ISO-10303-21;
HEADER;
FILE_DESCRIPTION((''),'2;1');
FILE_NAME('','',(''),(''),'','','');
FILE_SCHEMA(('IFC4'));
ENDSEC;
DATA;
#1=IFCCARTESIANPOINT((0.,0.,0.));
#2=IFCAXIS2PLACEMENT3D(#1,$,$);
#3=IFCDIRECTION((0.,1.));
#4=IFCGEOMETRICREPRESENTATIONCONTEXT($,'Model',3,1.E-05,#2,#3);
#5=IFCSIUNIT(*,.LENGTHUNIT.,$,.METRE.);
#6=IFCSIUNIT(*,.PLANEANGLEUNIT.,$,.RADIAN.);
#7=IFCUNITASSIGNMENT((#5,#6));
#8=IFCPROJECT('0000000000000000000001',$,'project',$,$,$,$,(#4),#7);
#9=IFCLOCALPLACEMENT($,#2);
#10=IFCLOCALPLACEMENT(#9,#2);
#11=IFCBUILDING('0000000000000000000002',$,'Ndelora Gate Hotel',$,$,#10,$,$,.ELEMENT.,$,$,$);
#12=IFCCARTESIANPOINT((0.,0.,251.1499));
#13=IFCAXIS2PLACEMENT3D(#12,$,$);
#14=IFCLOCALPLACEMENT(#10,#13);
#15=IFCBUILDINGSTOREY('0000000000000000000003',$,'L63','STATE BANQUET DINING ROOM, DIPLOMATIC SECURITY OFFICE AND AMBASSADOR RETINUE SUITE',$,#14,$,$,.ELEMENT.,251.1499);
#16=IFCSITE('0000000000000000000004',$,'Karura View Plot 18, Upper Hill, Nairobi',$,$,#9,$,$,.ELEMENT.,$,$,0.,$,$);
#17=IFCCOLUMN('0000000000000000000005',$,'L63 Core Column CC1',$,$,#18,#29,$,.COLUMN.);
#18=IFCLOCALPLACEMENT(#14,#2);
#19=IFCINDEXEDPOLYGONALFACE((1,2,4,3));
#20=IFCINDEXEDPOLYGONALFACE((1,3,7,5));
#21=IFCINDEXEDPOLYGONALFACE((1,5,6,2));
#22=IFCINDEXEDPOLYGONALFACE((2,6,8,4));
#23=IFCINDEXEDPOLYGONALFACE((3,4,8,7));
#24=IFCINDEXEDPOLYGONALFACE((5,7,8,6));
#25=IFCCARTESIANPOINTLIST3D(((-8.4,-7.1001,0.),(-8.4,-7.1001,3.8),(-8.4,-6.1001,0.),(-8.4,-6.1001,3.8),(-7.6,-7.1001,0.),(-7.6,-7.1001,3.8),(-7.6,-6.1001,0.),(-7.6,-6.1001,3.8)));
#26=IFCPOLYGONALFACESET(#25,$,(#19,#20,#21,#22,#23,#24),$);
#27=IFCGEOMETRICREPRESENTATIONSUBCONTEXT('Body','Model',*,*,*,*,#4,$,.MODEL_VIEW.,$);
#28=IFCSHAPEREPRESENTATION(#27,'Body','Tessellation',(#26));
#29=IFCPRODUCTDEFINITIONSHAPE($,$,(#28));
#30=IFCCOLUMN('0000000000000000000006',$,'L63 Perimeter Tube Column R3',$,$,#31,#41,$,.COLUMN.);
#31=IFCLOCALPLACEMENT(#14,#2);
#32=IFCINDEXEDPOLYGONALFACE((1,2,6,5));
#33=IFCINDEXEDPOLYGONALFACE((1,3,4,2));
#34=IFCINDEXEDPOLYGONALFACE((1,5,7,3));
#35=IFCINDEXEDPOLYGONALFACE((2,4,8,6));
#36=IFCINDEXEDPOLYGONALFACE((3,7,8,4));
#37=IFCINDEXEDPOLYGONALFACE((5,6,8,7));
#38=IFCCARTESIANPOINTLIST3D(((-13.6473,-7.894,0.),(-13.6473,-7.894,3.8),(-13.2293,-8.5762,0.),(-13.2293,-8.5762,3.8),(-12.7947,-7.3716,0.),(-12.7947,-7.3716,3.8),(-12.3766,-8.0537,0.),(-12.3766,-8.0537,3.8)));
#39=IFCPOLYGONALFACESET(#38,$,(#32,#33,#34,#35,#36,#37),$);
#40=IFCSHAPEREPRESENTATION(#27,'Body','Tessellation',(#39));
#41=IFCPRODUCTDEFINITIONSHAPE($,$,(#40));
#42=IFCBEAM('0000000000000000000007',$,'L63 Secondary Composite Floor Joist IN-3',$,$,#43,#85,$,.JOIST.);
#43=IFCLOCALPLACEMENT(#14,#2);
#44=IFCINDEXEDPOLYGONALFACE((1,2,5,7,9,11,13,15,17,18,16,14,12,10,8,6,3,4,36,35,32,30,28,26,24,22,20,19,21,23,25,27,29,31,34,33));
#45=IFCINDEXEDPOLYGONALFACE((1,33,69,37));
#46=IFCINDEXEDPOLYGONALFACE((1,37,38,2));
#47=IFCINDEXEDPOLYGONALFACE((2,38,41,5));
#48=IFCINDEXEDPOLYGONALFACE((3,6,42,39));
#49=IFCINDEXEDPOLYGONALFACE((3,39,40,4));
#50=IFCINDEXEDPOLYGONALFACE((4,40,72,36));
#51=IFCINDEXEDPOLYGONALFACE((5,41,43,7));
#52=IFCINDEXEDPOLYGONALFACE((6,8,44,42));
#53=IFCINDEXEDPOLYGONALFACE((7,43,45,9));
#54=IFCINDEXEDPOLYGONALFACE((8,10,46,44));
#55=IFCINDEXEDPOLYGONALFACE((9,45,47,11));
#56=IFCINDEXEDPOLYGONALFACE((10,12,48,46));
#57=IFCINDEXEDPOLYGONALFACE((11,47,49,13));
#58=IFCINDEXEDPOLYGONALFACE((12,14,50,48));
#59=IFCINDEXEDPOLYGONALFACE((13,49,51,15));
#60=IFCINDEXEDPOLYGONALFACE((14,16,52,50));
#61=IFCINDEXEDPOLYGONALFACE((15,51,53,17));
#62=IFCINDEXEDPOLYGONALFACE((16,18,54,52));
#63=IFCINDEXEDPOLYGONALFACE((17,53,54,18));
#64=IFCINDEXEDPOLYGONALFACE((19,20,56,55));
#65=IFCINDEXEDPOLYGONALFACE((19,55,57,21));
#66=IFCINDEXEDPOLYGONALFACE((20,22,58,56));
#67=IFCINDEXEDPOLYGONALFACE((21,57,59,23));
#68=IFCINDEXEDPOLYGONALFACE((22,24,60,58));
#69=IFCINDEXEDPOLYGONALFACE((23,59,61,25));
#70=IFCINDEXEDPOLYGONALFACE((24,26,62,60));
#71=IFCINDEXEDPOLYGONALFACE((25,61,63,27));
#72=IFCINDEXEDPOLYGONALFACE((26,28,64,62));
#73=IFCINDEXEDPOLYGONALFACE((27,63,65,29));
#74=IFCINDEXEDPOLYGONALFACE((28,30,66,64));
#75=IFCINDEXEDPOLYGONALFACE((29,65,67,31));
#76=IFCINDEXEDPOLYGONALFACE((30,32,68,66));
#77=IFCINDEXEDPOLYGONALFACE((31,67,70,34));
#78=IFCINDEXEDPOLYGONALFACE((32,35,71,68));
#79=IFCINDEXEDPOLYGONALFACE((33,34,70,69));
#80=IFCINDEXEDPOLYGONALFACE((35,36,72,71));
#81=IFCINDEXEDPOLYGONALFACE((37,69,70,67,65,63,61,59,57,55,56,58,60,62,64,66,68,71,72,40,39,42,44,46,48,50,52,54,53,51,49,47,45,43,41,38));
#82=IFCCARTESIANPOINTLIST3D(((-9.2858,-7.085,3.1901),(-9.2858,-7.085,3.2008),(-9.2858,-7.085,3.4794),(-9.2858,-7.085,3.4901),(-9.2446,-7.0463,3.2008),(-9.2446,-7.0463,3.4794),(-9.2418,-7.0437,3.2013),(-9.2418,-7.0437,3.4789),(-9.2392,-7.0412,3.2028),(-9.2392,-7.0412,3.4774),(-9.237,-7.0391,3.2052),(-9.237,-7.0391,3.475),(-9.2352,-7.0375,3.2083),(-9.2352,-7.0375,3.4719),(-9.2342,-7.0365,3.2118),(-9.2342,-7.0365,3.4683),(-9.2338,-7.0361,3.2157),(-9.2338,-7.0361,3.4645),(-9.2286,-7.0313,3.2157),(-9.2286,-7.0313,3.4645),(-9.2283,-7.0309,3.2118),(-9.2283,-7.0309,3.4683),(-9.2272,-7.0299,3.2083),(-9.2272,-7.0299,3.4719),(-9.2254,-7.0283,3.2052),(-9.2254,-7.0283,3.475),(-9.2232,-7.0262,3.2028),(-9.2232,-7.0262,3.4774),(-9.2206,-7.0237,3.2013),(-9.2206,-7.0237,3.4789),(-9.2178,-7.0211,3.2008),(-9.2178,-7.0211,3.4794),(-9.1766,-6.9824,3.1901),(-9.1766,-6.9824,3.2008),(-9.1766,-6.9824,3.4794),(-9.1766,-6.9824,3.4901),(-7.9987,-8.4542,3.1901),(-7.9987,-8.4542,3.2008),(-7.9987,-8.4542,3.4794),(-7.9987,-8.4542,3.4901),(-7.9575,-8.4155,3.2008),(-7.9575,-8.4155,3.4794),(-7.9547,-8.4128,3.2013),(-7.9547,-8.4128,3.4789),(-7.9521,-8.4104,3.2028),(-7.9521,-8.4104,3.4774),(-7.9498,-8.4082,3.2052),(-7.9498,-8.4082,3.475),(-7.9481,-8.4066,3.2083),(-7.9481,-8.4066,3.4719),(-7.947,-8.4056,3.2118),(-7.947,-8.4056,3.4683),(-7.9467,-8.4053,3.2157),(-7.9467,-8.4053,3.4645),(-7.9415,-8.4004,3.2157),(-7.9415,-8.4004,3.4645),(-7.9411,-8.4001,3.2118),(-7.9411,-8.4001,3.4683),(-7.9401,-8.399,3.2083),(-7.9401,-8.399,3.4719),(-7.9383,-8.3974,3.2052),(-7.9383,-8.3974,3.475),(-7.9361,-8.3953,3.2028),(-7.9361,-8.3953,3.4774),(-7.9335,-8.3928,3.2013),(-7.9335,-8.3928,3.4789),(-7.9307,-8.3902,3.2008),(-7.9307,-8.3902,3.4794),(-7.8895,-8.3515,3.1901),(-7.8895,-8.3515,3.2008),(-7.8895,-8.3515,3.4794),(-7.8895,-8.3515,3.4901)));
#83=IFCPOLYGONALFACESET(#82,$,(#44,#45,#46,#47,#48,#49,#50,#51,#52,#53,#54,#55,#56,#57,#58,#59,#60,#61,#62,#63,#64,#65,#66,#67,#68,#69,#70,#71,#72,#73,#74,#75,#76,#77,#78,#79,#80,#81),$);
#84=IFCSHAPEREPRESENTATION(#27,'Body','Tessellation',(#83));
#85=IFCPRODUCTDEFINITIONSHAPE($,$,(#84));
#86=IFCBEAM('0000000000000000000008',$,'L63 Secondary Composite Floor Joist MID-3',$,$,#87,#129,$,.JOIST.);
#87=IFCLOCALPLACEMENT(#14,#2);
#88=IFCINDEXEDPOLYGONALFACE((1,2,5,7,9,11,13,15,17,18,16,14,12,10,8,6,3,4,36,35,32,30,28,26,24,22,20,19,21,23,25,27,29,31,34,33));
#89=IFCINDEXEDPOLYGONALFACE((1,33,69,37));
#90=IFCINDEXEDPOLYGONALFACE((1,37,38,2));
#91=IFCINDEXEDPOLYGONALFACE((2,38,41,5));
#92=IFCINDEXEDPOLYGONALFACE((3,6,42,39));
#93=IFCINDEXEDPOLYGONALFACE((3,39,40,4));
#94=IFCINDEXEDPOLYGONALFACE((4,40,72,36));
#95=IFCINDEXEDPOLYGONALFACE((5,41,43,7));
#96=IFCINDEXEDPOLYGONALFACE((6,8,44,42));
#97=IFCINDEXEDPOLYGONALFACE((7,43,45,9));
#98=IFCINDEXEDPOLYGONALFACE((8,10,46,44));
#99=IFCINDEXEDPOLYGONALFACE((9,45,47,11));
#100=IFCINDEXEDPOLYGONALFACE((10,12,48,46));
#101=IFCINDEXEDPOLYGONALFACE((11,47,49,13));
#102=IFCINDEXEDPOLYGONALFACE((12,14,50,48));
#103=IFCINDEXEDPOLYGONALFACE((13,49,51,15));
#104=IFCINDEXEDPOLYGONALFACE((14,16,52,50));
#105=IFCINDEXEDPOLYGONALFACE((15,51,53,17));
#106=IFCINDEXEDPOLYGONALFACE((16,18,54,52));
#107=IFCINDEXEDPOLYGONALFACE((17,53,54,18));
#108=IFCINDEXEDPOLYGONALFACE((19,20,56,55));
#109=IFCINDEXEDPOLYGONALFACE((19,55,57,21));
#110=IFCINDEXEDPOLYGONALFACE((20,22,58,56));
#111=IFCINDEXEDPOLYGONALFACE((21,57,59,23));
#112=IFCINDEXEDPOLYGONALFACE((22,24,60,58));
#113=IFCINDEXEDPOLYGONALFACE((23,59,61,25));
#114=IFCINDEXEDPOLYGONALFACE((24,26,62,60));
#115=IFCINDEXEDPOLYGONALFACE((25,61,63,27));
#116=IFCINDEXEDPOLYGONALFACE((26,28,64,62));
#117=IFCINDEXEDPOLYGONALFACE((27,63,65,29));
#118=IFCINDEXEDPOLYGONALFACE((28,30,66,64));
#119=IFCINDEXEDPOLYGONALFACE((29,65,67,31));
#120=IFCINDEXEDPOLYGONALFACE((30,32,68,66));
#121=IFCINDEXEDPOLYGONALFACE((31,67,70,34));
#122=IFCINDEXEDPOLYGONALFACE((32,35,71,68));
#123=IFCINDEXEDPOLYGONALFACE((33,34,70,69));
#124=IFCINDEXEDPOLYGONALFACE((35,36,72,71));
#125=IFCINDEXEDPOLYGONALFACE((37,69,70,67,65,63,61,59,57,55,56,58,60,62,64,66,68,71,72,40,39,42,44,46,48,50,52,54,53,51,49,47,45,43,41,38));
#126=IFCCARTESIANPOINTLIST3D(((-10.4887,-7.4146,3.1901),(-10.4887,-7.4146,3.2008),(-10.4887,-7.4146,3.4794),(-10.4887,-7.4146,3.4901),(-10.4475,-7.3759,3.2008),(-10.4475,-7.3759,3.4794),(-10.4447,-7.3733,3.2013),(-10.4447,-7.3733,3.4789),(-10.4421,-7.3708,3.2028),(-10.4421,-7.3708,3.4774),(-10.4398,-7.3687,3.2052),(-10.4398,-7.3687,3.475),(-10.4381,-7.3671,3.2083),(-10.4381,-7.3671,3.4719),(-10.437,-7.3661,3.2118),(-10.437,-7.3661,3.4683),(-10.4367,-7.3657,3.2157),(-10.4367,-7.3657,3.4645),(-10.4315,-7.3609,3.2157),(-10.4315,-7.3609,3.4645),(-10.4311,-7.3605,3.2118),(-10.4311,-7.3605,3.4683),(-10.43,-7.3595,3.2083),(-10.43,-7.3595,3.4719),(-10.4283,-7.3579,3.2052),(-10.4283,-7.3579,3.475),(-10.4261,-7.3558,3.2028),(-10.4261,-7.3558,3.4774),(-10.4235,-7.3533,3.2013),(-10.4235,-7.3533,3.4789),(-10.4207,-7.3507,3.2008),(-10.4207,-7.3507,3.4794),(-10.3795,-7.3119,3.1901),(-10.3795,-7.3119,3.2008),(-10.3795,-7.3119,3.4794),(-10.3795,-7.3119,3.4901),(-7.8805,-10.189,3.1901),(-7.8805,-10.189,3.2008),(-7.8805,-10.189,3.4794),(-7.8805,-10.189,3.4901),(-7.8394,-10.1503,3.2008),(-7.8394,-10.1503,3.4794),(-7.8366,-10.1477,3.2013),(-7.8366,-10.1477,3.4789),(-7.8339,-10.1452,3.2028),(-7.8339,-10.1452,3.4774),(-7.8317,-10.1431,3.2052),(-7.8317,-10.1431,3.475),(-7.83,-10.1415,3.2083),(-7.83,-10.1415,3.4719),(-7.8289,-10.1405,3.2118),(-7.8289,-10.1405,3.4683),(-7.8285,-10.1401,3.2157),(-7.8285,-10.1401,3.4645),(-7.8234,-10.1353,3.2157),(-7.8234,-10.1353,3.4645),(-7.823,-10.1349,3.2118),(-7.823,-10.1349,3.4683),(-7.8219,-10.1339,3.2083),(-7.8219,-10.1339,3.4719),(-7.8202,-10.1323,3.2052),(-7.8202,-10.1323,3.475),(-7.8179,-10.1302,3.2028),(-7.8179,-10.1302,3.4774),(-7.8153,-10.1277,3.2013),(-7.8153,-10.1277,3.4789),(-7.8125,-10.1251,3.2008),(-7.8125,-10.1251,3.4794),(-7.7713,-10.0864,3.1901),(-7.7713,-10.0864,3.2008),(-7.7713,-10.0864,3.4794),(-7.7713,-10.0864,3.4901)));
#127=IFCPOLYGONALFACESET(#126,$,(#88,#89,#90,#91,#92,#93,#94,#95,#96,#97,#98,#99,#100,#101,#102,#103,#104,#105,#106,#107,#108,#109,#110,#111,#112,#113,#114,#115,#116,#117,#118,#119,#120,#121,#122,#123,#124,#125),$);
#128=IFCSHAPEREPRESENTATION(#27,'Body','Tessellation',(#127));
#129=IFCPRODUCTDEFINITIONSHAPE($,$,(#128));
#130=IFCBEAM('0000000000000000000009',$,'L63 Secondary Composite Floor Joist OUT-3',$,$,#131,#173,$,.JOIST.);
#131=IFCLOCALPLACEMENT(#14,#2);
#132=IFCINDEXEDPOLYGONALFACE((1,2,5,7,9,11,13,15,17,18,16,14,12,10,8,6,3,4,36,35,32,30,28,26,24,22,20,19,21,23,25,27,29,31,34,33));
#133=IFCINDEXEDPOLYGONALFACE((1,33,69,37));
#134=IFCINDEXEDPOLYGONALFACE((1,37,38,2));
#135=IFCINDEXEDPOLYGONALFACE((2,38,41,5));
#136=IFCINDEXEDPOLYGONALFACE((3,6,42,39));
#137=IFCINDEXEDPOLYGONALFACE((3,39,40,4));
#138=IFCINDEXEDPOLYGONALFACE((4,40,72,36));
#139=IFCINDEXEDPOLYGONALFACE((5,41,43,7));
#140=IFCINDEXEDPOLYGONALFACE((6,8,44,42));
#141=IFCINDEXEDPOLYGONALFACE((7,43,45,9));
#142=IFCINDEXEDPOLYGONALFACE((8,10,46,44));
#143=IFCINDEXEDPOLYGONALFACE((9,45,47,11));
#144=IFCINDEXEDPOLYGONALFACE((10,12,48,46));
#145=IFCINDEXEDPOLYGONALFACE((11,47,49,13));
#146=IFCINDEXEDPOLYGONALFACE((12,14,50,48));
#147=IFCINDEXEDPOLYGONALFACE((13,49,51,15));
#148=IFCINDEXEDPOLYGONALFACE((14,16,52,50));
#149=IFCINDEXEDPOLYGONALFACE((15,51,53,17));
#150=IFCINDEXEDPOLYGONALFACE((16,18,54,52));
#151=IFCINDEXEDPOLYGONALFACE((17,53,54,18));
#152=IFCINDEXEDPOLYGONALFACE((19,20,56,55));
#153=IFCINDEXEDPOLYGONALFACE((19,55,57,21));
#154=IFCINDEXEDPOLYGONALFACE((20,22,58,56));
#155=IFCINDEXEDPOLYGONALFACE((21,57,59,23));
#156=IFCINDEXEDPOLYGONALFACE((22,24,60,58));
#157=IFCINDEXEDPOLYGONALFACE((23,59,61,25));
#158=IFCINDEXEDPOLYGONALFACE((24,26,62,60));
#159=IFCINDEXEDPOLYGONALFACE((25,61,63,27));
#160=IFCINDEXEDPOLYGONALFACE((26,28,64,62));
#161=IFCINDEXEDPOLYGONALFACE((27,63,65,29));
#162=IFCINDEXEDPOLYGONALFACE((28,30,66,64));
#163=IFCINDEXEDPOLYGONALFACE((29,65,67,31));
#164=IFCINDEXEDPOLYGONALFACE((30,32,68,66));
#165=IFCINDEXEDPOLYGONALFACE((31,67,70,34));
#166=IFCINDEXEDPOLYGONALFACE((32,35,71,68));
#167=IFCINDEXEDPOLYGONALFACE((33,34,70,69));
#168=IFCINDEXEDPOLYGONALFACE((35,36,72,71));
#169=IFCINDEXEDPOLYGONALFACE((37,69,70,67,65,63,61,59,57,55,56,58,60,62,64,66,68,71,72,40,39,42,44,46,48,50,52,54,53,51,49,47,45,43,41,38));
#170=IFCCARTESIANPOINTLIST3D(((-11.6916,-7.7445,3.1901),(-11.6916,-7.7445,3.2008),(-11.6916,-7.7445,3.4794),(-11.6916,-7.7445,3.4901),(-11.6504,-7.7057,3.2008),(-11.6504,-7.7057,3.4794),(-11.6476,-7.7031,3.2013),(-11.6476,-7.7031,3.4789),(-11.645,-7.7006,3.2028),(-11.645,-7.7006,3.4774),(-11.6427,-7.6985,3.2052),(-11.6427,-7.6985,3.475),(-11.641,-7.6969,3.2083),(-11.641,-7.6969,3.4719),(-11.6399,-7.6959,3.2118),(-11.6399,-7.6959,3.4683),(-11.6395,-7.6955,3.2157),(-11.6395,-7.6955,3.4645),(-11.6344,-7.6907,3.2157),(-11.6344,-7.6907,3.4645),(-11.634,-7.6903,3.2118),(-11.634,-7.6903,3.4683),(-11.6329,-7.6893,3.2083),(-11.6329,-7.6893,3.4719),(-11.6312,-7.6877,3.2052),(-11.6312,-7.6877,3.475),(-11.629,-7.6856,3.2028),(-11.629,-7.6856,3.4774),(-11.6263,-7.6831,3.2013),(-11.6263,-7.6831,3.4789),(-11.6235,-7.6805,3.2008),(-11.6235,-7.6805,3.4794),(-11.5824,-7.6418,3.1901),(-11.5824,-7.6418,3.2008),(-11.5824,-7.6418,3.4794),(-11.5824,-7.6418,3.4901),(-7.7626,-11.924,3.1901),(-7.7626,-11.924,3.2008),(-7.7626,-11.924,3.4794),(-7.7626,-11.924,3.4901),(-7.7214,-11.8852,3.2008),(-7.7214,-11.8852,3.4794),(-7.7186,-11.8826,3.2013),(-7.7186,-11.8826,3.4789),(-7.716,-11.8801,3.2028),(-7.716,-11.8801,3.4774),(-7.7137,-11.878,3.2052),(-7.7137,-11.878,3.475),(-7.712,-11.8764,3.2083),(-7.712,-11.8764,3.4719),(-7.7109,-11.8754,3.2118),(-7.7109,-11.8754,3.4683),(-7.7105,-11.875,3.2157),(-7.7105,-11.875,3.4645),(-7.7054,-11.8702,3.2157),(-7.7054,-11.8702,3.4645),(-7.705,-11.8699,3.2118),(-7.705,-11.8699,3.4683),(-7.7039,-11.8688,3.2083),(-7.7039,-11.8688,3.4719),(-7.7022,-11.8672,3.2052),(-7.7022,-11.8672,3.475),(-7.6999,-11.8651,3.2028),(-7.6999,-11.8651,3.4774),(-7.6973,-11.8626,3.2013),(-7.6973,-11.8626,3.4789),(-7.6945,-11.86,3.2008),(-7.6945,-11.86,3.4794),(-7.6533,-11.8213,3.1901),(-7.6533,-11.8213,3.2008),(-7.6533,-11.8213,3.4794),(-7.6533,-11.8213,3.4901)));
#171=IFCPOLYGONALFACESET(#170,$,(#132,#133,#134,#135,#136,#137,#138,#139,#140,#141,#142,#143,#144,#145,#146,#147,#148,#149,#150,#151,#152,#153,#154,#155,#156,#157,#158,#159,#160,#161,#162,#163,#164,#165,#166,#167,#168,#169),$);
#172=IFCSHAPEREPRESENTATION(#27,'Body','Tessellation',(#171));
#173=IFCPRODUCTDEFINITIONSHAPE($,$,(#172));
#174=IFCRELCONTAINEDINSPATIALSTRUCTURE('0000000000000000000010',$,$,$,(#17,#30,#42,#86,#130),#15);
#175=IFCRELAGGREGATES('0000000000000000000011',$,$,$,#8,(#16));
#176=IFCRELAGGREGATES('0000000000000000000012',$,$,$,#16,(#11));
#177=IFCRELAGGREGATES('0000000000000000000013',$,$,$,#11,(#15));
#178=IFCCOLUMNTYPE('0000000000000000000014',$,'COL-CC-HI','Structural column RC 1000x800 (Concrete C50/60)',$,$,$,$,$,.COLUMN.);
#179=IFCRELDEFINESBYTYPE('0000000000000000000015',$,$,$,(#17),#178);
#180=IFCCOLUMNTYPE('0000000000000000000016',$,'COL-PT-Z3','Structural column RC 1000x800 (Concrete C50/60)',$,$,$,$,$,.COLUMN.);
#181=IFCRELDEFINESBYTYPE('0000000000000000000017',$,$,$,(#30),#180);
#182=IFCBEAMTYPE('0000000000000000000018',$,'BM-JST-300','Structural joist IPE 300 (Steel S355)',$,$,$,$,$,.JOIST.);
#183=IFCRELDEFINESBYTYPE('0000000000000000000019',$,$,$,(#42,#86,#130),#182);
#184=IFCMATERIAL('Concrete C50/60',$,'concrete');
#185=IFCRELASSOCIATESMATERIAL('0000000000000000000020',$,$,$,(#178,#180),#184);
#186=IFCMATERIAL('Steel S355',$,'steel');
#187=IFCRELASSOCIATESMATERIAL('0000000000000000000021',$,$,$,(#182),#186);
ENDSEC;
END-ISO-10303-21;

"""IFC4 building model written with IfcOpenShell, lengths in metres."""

from ifc_helpers import new_model, si_unit, direction, frame, origin, origin_2d, place, context, subcontext, project, spatial, rectangle, i_section, extrude, material, material_profile, profile_set, type_object, element, save


model = new_model("IFC4")

# Units and contexts
model_context = context("Model", 3, precision=1e-05, world=origin(), true_north=direction((0.0, 1.0)))
body_context = subcontext(model_context, "Body", "Model", "MODEL_VIEW")
ifc_project = project(units=[si_unit("LENGTHUNIT", "METRE"), si_unit("PLANEANGLEUNIT", "RADIAN")], contexts=[model_context])

# Site, building, storey
site_placement = place(None, origin())
site = spatial("IfcSite", under=ifc_project, at=site_placement, Name="Karura View Plot 18, Upper Hill, Nairobi", CompositionType="ELEMENT", RefElevation=0.0)
building_placement = place(site_placement, origin())
building = spatial("IfcBuilding", under=site, at=building_placement, Name="Ndelora Gate Hotel", CompositionType="ELEMENT")
storey_placement = place(building_placement, frame((0.0, 0.0, 251.1499)))
storey = spatial("IfcBuildingStorey", under=building, at=storey_placement, Name="L63", Description="STATE BANQUET DINING ROOM, DIPLOMATIC SECURITY OFFICE AND AMBASSADOR RETINUE SUITE", CompositionType="ELEMENT", Elevation=251.1499)

# Columns
ifc_material_1 = material(Name="Concrete C50/60", Category="concrete")
ifc_material_profile_1 = material_profile(ifc_material_1, rectangle(XDim=0.8, YDim=1.0, at=origin_2d()), Name="RC 1000x800")
ifc_profile_set_1 = profile_set([ifc_material_profile_1], Name="Concrete C50/60")
column_type_1 = type_object("IfcColumnType", Name="COL-CC-HI", Description="Structural column RC 1000x800 (Concrete C50/60)", PredefinedType="COLUMN", material=ifc_profile_set_1)
column_1_placement = place(storey_placement, frame((-8.0, -6.6001, 0.0), z_axis=(0.0, 0.0, 1.0), x_axis=(1.0, 0.0, 0.0)))
element("IfcColumn", 1, at=column_1_placement, inside=storey, type_object=column_type_1, Name="L63 Core Column CC1", PredefinedType="COLUMN", context=body_context, shape_type="SweptSolid", body=[
    extrude(rectangle(XDim=0.8, YDim=1.0, at=origin_2d()), origin(), (0.0, 0.0, 1.0), 3.8),
])
ifc_material_profile_2 = material_profile(ifc_material_1, rectangle(XDim=0.8, YDim=1.0, at=origin_2d()), Name="RC 1000x800")
ifc_profile_set_2 = profile_set([ifc_material_profile_2], Name="Concrete C50/60")
column_type_2 = type_object("IfcColumnType", Name="COL-PT-Z3", Description="Structural column RC 1000x800 (Concrete C50/60)", PredefinedType="COLUMN", material=ifc_profile_set_2)
column_2_placement = place(storey_placement, frame((-13.012, -7.9739, 0.0), z_axis=(0.0, 0.0, 1.0), x_axis=(-0.522499, 0.85264, 0.0)))
element("IfcColumn", 2, at=column_2_placement, inside=storey, type_object=column_type_2, Name="L63 Perimeter Tube Column R3", PredefinedType="COLUMN", context=body_context, shape_type="SweptSolid", body=[
    extrude(rectangle(XDim=0.8, YDim=1.0, at=origin_2d()), origin(), (0.0, 0.0, 1.0), 3.8),
])

# Beams
ifc_material_2 = material(Name="Steel S355", Category="steel")
ifc_material_profile_3 = material_profile(ifc_material_2, i_section(OverallWidth=0.1499, OverallDepth=0.3, WebThickness=0.0071, FlangeThickness=0.0107, FilletRadius=0.0149, at=origin_2d()), Name="IPE 300")
ifc_profile_set_3 = profile_set([ifc_material_profile_3], Name="Steel S355")
beam_type_1 = type_object("IfcBeamType", Name="BM-JST-300", Description="Structural joist IPE 300 (Steel S355)", PredefinedType="JOIST", material=ifc_profile_set_3)
beam_1_placement = place(storey_placement, frame((-9.2312, -7.0337, 3.3401), z_axis=(0.684943, -0.728597, 0.0), x_axis=(0.728597, 0.684943, 0.0)))
element("IfcBeam", 3, at=beam_1_placement, inside=storey, type_object=beam_type_1, Name="L63 Secondary Composite Floor Joist IN-3", PredefinedType="JOIST", context=body_context, shape_type="SweptSolid", body=[
    extrude(i_section(OverallWidth=0.1499, OverallDepth=0.3, WebThickness=0.0071, FlangeThickness=0.0107, FilletRadius=0.0149, at=origin_2d()), origin(), (0.0, 0.0, 1.0), 1.8792),
])
beam_2_placement = place(storey_placement, frame((-10.4341, -7.3633, 3.3401), z_axis=(0.684939, -0.728601, 0.0), x_axis=(0.728601, 0.684939, 0.0)))
element("IfcBeam", 4, at=beam_2_placement, inside=storey, type_object=beam_type_1, Name="L63 Secondary Composite Floor Joist MID-3", PredefinedType="JOIST", context=body_context, shape_type="SweptSolid", body=[
    extrude(i_section(OverallWidth=0.1499, OverallDepth=0.3, WebThickness=0.0071, FlangeThickness=0.0107, FilletRadius=0.0149, at=origin_2d()), origin(), (0.0, 0.0, 1.0), 3.8079),
])
beam_3_placement = place(storey_placement, frame((-11.637, -7.6931, 3.3401), z_axis=(0.684936, -0.728603, 0.0), x_axis=(0.728603, 0.684936, 0.0)))
element("IfcBeam", 5, at=beam_3_placement, inside=storey, type_object=beam_type_1, Name="L63 Secondary Composite Floor Joist OUT-3", PredefinedType="JOIST", context=body_context, shape_type="SweptSolid", body=[
    extrude(i_section(OverallWidth=0.1499, OverallDepth=0.3, WebThickness=0.0071, FlangeThickness=0.0107, FilletRadius=0.0149, at=origin_2d()), origin(), (0.0, 0.0, 1.0), 5.7363),
])

save(model, "model.ifc")
